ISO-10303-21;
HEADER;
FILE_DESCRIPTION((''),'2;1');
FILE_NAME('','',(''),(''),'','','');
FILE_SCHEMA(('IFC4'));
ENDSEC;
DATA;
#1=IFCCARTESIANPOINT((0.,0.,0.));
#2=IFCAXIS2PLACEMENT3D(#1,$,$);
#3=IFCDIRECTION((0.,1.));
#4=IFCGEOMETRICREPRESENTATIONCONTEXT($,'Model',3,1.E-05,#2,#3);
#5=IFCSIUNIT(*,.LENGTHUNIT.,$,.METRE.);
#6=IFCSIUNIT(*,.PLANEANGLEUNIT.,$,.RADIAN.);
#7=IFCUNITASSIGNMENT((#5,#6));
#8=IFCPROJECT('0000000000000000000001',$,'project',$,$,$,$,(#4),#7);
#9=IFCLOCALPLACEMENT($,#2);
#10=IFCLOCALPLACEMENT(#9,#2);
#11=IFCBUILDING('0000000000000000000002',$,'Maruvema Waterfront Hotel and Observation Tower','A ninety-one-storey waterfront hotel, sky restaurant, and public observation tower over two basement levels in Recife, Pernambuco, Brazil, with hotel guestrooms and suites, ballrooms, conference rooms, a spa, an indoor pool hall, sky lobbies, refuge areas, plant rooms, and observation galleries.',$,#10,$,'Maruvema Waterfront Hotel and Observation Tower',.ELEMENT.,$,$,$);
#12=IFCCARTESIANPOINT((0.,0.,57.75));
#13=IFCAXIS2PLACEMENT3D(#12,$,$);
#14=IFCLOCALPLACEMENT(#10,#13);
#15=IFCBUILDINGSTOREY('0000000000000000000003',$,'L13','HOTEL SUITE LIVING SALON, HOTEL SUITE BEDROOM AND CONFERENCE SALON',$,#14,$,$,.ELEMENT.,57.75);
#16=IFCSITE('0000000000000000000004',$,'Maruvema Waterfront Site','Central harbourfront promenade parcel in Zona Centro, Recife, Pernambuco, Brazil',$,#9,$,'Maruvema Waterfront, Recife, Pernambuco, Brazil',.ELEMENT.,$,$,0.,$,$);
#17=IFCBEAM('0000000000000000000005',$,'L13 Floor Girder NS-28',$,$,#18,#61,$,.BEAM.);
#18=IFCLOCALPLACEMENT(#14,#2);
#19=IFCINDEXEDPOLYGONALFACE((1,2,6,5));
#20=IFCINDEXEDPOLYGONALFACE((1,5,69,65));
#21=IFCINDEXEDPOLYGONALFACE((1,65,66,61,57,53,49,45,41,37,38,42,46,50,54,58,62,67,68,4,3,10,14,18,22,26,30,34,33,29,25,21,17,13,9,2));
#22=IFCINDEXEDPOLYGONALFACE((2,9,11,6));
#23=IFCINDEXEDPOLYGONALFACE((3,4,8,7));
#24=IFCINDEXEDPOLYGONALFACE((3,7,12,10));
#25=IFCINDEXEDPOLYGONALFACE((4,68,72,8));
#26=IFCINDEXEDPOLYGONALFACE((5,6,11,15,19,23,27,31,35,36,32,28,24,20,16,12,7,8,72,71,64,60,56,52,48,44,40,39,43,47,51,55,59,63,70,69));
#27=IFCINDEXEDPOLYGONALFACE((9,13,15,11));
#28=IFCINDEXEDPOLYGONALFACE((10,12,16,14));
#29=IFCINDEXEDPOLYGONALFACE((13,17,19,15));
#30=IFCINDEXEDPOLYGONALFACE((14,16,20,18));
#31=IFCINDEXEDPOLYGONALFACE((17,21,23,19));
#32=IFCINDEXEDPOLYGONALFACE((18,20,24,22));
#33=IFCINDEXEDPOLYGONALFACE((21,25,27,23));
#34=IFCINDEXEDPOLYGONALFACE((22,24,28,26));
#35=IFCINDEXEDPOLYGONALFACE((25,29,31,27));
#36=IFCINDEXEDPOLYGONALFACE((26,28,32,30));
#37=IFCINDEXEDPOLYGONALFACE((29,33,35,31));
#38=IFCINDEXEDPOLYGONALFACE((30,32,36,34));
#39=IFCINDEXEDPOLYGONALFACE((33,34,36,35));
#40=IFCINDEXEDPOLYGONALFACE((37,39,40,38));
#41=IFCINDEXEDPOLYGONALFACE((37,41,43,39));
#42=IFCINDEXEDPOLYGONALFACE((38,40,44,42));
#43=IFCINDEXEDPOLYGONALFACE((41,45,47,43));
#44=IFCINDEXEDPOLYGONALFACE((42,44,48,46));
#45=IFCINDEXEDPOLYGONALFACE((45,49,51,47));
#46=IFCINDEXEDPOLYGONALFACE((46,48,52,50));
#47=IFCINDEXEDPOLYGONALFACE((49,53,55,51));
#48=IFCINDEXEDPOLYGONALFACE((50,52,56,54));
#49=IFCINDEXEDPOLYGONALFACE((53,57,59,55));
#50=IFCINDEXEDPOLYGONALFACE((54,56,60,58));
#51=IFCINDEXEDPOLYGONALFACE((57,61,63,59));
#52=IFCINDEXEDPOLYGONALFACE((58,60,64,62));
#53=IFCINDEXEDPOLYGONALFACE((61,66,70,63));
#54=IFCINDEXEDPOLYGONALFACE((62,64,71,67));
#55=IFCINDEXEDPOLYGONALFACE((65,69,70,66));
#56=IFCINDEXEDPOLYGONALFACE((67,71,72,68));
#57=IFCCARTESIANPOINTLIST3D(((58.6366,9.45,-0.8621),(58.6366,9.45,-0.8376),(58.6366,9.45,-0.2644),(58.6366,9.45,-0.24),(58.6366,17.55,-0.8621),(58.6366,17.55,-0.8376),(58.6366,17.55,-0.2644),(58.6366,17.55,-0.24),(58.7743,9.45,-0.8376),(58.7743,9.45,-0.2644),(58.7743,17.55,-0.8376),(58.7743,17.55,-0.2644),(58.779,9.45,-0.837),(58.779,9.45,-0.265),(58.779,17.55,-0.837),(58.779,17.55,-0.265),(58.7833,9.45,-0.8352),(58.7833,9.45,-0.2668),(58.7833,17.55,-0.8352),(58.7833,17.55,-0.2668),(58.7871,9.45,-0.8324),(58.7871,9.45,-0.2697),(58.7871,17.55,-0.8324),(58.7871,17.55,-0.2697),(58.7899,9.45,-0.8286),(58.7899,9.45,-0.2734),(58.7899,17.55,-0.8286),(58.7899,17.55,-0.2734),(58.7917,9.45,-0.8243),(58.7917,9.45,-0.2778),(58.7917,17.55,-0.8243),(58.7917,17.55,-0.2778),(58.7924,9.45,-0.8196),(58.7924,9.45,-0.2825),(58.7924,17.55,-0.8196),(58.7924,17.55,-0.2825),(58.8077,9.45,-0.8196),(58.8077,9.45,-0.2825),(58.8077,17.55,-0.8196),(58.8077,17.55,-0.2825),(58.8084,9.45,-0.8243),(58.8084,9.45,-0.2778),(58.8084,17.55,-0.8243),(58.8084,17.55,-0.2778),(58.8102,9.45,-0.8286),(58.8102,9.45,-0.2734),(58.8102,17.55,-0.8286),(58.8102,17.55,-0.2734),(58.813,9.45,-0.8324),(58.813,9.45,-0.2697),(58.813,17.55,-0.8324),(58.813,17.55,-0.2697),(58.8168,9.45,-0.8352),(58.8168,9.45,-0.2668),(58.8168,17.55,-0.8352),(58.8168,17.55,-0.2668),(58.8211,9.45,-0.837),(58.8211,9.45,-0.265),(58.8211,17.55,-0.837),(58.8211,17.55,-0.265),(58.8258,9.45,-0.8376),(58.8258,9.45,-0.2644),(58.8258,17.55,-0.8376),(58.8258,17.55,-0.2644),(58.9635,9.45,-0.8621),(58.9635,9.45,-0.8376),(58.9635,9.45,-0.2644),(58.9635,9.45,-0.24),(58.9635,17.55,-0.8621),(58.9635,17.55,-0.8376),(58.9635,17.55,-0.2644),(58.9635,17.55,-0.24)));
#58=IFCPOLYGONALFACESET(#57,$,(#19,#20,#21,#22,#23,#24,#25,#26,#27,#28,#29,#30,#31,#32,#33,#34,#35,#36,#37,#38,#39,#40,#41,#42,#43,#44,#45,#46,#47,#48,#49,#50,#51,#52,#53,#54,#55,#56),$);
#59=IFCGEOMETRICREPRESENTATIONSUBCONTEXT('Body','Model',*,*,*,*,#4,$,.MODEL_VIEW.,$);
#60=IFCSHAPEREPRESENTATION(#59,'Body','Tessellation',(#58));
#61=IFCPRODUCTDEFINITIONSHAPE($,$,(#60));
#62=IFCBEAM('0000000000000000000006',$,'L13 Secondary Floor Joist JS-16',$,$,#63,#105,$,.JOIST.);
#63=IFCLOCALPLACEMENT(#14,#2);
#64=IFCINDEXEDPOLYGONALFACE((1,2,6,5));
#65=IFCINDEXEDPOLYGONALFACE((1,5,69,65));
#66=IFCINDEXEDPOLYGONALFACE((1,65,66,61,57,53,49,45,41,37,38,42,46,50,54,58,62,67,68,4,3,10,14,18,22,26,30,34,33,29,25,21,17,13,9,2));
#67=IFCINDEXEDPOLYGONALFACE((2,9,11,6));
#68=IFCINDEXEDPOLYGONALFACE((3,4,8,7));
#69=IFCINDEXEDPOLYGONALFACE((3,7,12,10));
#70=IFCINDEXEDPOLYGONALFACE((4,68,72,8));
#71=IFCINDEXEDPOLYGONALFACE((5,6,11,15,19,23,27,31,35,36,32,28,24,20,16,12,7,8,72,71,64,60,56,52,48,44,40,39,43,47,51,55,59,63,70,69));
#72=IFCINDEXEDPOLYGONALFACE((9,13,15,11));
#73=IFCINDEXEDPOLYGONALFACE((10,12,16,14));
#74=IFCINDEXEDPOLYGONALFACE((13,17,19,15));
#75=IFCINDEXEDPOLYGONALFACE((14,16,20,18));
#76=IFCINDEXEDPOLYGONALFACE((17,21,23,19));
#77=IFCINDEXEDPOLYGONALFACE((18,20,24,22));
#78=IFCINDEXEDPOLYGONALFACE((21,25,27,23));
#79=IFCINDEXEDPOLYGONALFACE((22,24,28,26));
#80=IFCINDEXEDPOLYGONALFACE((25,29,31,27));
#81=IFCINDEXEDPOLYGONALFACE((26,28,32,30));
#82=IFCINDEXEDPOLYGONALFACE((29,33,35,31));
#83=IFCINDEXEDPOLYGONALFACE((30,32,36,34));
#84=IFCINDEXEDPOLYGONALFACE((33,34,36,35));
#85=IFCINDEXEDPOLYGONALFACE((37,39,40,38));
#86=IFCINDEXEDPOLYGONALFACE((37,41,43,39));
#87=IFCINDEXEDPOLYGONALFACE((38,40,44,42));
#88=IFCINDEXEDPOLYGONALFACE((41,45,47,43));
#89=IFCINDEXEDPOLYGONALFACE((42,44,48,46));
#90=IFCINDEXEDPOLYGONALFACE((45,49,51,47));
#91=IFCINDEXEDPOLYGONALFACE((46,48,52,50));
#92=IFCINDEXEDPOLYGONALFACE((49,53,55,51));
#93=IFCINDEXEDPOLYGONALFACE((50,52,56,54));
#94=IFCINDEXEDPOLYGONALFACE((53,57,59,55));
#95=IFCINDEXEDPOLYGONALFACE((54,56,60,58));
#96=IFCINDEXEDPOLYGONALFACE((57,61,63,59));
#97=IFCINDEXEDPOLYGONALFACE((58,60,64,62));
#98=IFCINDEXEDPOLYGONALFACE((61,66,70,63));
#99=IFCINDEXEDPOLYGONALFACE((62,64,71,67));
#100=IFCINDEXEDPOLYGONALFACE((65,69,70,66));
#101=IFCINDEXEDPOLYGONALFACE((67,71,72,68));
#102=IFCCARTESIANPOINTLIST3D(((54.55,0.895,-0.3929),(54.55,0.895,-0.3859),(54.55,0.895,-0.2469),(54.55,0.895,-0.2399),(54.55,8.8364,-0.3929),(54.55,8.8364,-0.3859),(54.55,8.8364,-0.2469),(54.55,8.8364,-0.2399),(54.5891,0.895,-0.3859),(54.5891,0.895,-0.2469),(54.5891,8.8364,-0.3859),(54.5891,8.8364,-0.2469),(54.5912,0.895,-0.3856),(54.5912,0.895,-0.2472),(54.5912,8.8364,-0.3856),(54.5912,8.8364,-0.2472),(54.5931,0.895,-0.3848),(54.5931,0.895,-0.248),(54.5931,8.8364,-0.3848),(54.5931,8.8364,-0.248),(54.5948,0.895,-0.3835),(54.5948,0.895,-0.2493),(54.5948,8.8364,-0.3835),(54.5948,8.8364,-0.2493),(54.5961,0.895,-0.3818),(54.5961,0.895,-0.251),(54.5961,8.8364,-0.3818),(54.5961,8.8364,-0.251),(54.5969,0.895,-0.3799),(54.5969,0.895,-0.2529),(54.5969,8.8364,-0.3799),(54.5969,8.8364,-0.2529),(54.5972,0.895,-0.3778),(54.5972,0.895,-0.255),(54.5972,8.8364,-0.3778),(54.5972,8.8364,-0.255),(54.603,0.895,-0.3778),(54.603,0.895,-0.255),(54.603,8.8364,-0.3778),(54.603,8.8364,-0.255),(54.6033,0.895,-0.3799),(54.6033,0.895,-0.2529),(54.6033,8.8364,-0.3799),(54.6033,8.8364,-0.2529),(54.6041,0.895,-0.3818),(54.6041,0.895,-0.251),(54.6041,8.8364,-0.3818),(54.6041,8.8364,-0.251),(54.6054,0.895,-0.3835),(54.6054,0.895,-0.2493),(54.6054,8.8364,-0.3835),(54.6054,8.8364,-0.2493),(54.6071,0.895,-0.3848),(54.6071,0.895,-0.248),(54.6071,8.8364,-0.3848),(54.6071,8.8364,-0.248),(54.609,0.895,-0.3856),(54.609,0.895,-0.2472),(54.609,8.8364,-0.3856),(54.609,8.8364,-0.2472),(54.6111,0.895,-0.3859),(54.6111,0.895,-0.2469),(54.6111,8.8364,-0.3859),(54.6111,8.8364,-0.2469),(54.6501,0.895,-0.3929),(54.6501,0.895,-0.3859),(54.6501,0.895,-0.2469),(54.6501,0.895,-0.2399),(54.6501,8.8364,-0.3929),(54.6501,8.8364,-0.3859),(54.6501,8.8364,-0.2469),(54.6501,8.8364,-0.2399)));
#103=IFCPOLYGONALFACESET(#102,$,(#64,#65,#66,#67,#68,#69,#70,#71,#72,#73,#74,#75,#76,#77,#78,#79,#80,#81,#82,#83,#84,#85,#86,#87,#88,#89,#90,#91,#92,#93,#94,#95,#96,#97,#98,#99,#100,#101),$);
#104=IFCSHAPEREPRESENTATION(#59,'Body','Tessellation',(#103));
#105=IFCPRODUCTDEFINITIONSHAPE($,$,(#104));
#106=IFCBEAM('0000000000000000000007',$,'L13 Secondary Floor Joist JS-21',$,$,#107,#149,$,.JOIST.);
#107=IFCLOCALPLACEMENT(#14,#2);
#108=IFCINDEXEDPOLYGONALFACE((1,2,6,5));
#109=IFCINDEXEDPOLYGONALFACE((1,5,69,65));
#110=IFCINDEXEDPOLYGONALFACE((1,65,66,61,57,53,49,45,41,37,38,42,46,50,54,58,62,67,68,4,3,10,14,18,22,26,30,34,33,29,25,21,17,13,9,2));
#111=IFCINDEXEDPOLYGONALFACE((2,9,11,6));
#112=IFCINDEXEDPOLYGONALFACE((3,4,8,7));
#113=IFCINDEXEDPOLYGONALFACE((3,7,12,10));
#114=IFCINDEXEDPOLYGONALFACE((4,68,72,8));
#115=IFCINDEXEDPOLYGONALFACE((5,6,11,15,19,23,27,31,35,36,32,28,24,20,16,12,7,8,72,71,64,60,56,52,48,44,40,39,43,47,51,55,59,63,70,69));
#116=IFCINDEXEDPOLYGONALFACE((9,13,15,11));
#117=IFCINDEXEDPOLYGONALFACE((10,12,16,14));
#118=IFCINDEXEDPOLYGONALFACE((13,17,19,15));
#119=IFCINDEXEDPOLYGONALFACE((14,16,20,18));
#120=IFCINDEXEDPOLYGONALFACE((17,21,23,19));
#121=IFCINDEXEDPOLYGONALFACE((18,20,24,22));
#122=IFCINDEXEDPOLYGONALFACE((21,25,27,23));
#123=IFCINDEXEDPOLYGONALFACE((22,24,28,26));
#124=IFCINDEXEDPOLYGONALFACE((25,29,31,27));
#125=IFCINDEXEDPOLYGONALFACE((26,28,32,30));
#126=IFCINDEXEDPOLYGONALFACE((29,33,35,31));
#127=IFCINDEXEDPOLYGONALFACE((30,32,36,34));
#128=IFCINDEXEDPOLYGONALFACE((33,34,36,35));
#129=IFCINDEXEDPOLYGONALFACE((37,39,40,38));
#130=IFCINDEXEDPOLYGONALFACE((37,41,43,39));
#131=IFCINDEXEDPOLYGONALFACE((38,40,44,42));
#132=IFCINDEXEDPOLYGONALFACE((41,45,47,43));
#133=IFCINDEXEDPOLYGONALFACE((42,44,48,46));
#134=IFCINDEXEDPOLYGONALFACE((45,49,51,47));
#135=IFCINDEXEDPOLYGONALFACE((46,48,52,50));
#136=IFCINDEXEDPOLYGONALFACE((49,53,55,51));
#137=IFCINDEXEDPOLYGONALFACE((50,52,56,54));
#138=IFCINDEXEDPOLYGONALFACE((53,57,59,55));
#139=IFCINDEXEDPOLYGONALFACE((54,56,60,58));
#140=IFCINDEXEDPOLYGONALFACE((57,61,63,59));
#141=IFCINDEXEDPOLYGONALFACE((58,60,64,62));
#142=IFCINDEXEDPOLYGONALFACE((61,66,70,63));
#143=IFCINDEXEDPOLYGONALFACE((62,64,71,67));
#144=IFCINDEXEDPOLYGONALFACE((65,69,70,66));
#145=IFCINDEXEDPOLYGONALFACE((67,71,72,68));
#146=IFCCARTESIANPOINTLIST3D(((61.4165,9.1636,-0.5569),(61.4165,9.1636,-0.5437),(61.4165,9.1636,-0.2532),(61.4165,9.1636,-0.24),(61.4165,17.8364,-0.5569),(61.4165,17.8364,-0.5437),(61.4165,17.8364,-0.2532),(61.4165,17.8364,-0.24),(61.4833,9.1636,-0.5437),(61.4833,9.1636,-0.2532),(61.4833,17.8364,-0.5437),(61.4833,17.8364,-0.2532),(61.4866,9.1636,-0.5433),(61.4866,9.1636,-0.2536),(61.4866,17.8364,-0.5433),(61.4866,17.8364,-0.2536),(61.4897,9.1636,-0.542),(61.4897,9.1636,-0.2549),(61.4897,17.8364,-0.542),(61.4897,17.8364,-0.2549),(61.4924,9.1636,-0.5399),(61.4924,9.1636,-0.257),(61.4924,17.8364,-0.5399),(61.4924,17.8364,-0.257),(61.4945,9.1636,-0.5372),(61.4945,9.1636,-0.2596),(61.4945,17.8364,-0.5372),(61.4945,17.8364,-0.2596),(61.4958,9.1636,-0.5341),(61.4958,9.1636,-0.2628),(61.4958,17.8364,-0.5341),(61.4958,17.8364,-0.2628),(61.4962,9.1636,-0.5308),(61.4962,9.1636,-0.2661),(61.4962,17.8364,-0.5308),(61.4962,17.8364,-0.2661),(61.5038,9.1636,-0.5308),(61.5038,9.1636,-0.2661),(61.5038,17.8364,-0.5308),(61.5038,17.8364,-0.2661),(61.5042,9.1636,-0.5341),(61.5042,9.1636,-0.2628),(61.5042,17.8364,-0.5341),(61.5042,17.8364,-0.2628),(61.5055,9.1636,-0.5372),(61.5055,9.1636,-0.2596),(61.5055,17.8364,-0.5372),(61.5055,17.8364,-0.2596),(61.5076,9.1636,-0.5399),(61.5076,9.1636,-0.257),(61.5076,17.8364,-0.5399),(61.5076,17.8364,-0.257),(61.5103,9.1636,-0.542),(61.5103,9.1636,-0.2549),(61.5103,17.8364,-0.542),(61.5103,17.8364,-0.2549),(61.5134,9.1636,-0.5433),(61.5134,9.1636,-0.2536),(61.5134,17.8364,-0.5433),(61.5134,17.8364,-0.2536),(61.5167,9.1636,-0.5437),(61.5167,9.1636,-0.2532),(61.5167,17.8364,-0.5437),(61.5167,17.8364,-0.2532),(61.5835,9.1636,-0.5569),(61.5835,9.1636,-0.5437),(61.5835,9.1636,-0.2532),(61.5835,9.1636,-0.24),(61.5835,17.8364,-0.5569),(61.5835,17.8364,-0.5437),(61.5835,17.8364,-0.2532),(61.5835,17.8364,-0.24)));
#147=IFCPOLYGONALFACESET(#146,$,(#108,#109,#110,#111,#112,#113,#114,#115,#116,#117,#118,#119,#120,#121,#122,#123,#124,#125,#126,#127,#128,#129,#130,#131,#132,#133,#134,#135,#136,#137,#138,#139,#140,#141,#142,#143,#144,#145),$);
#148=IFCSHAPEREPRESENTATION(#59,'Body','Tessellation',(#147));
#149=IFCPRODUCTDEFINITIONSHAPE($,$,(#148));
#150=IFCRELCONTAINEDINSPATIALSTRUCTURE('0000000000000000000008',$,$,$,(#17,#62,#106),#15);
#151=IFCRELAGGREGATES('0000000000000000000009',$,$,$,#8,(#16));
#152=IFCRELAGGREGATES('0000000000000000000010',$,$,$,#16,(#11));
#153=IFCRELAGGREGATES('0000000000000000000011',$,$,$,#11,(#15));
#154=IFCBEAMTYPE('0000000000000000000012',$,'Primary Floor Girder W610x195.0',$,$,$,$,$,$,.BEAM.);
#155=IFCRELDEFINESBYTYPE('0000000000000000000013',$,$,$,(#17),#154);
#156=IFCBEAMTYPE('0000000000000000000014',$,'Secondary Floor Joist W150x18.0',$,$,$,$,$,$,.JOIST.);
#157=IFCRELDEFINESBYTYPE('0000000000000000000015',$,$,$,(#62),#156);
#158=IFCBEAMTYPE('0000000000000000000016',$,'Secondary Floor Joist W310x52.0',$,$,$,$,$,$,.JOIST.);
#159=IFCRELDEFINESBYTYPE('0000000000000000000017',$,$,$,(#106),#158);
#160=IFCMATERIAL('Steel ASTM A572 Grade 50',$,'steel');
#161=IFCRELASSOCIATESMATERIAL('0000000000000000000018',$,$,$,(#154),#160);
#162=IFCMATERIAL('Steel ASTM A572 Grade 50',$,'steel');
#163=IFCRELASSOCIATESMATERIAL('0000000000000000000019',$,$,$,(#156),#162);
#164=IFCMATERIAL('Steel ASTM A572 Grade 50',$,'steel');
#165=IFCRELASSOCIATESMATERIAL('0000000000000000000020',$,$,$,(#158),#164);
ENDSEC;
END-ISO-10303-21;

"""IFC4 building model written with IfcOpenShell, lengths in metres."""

from ifc_helpers import new_model, si_unit, direction, frame, origin, origin_2d, place, context, subcontext, project, spatial, i_section, extrude, material, material_profile, profile_set, type_object, element, save


model = new_model("IFC4")

# Units and contexts
model_context = context("Model", 3, precision=1e-05, world=origin(), true_north=direction((0.0, 1.0)))
body_context = subcontext(model_context, "Body", "Model", "MODEL_VIEW")
ifc_project = project(units=[si_unit("LENGTHUNIT", "METRE"), si_unit("PLANEANGLEUNIT", "RADIAN")], contexts=[model_context])

# Site, building, storey
site_placement = place(None, origin())
site = spatial("IfcSite", under=ifc_project, at=site_placement, Name="Maruvema Waterfront Site", Description="Central harbourfront promenade parcel in Zona Centro, Recife, Pernambuco, Brazil", LongName="Maruvema Waterfront, Recife, Pernambuco, Brazil", CompositionType="ELEMENT", RefElevation=0.0)
building_placement = place(site_placement, origin())
building = spatial("IfcBuilding", under=site, at=building_placement, Name="Maruvema Waterfront Hotel and Observation Tower", Description="A ninety-one-storey waterfront hotel, sky restaurant, and public observation tower over two basement levels in Recife, Pernambuco, Brazil, with hotel guestrooms and suites, ballrooms, conference rooms, a spa, an indoor pool hall, sky lobbies, refuge areas, plant rooms, and observation galleries.", LongName="Maruvema Waterfront Hotel and Observation Tower", CompositionType="ELEMENT")
storey_placement = place(building_placement, frame((0.0, 0.0, 57.75)))
storey = spatial("IfcBuildingStorey", under=building, at=storey_placement, Name="L13", Description="HOTEL SUITE LIVING SALON, HOTEL SUITE BEDROOM AND CONFERENCE SALON", CompositionType="ELEMENT", Elevation=57.75)

# Beams
ifc_material_1 = material(Name="Steel ASTM A572 Grade 50", Category="steel")
ifc_material_profile_1 = material_profile(ifc_material_1, i_section(OverallWidth=0.3269, OverallDepth=0.6221, WebThickness=0.0154, FlangeThickness=0.0244, FilletRadius=0.0181, at=origin_2d()), Name="W610x195.0")
ifc_profile_set_1 = profile_set([ifc_material_profile_1], Name="Steel ASTM A572 Grade 50")
beam_type_1 = type_object("IfcBeamType", Name="Primary Floor Girder W610x195.0", PredefinedType="BEAM", material=ifc_profile_set_1)
beam_1_placement = place(storey_placement, frame((58.8, 9.45, -0.551), z_axis=(0.0, 1.0, 0.0), x_axis=(-1.0, 0.0, 0.0)))
element("IfcBeam", 1, at=beam_1_placement, inside=storey, type_object=beam_type_1, Name="L13 Floor Girder NS-28", PredefinedType="BEAM", context=body_context, shape_type="SweptSolid", body=[
    extrude(i_section(OverallWidth=0.3269, OverallDepth=0.6221, WebThickness=0.0154, FlangeThickness=0.0244, FilletRadius=0.0181, at=origin_2d()), origin(), (0.0, 0.0, 1.0), 8.1001),
])
ifc_material_2 = material(Name="Steel ASTM A572 Grade 50", Category="steel")
ifc_material_profile_2 = material_profile(ifc_material_2, i_section(OverallWidth=0.1001, OverallDepth=0.1531, WebThickness=0.0059, FlangeThickness=0.0071, FilletRadius=0.0081, at=origin_2d()), Name="W150x18.0")
ifc_profile_set_2 = profile_set([ifc_material_profile_2], Name="Steel ASTM A572 Grade 50")
beam_type_2 = type_object("IfcBeamType", Name="Secondary Floor Joist W150x18.0", PredefinedType="JOIST", material=ifc_profile_set_2)
beam_2_placement = place(storey_placement, frame((54.6001, 0.895, -0.3164), z_axis=(0.0, 1.0, 0.0), x_axis=(-1.0, 0.0, 0.0)))
element("IfcBeam", 2, at=beam_2_placement, inside=storey, type_object=beam_type_2, Name="L13 Secondary Floor Joist JS-16", PredefinedType="JOIST", context=body_context, shape_type="SweptSolid", body=[
    extrude(i_section(OverallWidth=0.1001, OverallDepth=0.1531, WebThickness=0.0059, FlangeThickness=0.0071, FilletRadius=0.0081, at=origin_2d()), origin(), (0.0, 0.0, 1.0), 7.9414),
])
ifc_material_3 = material(Name="Steel ASTM A572 Grade 50", Category="steel")
ifc_material_profile_3 = material_profile(ifc_material_3, i_section(OverallWidth=0.167, OverallDepth=0.3169, WebThickness=0.0076, FlangeThickness=0.0132, FilletRadius=0.0129, at=origin_2d()), Name="W310x52.0")
ifc_profile_set_3 = profile_set([ifc_material_profile_3], Name="Steel ASTM A572 Grade 50")
beam_type_3 = type_object("IfcBeamType", Name="Secondary Floor Joist W310x52.0", PredefinedType="JOIST", material=ifc_profile_set_3)
beam_3_placement = place(storey_placement, frame((61.5, 9.1636, -0.3984), z_axis=(0.0, 1.0, 0.0), x_axis=(-1.0, 0.0, 0.0)))
element("IfcBeam", 3, at=beam_3_placement, inside=storey, type_object=beam_type_3, Name="L13 Secondary Floor Joist JS-21", PredefinedType="JOIST", context=body_context, shape_type="SweptSolid", body=[
    extrude(i_section(OverallWidth=0.167, OverallDepth=0.3169, WebThickness=0.0076, FlangeThickness=0.0132, FilletRadius=0.0129, at=origin_2d()), origin(), (0.0, 0.0, 1.0), 8.6729),
])

save(model, "model.ifc")
